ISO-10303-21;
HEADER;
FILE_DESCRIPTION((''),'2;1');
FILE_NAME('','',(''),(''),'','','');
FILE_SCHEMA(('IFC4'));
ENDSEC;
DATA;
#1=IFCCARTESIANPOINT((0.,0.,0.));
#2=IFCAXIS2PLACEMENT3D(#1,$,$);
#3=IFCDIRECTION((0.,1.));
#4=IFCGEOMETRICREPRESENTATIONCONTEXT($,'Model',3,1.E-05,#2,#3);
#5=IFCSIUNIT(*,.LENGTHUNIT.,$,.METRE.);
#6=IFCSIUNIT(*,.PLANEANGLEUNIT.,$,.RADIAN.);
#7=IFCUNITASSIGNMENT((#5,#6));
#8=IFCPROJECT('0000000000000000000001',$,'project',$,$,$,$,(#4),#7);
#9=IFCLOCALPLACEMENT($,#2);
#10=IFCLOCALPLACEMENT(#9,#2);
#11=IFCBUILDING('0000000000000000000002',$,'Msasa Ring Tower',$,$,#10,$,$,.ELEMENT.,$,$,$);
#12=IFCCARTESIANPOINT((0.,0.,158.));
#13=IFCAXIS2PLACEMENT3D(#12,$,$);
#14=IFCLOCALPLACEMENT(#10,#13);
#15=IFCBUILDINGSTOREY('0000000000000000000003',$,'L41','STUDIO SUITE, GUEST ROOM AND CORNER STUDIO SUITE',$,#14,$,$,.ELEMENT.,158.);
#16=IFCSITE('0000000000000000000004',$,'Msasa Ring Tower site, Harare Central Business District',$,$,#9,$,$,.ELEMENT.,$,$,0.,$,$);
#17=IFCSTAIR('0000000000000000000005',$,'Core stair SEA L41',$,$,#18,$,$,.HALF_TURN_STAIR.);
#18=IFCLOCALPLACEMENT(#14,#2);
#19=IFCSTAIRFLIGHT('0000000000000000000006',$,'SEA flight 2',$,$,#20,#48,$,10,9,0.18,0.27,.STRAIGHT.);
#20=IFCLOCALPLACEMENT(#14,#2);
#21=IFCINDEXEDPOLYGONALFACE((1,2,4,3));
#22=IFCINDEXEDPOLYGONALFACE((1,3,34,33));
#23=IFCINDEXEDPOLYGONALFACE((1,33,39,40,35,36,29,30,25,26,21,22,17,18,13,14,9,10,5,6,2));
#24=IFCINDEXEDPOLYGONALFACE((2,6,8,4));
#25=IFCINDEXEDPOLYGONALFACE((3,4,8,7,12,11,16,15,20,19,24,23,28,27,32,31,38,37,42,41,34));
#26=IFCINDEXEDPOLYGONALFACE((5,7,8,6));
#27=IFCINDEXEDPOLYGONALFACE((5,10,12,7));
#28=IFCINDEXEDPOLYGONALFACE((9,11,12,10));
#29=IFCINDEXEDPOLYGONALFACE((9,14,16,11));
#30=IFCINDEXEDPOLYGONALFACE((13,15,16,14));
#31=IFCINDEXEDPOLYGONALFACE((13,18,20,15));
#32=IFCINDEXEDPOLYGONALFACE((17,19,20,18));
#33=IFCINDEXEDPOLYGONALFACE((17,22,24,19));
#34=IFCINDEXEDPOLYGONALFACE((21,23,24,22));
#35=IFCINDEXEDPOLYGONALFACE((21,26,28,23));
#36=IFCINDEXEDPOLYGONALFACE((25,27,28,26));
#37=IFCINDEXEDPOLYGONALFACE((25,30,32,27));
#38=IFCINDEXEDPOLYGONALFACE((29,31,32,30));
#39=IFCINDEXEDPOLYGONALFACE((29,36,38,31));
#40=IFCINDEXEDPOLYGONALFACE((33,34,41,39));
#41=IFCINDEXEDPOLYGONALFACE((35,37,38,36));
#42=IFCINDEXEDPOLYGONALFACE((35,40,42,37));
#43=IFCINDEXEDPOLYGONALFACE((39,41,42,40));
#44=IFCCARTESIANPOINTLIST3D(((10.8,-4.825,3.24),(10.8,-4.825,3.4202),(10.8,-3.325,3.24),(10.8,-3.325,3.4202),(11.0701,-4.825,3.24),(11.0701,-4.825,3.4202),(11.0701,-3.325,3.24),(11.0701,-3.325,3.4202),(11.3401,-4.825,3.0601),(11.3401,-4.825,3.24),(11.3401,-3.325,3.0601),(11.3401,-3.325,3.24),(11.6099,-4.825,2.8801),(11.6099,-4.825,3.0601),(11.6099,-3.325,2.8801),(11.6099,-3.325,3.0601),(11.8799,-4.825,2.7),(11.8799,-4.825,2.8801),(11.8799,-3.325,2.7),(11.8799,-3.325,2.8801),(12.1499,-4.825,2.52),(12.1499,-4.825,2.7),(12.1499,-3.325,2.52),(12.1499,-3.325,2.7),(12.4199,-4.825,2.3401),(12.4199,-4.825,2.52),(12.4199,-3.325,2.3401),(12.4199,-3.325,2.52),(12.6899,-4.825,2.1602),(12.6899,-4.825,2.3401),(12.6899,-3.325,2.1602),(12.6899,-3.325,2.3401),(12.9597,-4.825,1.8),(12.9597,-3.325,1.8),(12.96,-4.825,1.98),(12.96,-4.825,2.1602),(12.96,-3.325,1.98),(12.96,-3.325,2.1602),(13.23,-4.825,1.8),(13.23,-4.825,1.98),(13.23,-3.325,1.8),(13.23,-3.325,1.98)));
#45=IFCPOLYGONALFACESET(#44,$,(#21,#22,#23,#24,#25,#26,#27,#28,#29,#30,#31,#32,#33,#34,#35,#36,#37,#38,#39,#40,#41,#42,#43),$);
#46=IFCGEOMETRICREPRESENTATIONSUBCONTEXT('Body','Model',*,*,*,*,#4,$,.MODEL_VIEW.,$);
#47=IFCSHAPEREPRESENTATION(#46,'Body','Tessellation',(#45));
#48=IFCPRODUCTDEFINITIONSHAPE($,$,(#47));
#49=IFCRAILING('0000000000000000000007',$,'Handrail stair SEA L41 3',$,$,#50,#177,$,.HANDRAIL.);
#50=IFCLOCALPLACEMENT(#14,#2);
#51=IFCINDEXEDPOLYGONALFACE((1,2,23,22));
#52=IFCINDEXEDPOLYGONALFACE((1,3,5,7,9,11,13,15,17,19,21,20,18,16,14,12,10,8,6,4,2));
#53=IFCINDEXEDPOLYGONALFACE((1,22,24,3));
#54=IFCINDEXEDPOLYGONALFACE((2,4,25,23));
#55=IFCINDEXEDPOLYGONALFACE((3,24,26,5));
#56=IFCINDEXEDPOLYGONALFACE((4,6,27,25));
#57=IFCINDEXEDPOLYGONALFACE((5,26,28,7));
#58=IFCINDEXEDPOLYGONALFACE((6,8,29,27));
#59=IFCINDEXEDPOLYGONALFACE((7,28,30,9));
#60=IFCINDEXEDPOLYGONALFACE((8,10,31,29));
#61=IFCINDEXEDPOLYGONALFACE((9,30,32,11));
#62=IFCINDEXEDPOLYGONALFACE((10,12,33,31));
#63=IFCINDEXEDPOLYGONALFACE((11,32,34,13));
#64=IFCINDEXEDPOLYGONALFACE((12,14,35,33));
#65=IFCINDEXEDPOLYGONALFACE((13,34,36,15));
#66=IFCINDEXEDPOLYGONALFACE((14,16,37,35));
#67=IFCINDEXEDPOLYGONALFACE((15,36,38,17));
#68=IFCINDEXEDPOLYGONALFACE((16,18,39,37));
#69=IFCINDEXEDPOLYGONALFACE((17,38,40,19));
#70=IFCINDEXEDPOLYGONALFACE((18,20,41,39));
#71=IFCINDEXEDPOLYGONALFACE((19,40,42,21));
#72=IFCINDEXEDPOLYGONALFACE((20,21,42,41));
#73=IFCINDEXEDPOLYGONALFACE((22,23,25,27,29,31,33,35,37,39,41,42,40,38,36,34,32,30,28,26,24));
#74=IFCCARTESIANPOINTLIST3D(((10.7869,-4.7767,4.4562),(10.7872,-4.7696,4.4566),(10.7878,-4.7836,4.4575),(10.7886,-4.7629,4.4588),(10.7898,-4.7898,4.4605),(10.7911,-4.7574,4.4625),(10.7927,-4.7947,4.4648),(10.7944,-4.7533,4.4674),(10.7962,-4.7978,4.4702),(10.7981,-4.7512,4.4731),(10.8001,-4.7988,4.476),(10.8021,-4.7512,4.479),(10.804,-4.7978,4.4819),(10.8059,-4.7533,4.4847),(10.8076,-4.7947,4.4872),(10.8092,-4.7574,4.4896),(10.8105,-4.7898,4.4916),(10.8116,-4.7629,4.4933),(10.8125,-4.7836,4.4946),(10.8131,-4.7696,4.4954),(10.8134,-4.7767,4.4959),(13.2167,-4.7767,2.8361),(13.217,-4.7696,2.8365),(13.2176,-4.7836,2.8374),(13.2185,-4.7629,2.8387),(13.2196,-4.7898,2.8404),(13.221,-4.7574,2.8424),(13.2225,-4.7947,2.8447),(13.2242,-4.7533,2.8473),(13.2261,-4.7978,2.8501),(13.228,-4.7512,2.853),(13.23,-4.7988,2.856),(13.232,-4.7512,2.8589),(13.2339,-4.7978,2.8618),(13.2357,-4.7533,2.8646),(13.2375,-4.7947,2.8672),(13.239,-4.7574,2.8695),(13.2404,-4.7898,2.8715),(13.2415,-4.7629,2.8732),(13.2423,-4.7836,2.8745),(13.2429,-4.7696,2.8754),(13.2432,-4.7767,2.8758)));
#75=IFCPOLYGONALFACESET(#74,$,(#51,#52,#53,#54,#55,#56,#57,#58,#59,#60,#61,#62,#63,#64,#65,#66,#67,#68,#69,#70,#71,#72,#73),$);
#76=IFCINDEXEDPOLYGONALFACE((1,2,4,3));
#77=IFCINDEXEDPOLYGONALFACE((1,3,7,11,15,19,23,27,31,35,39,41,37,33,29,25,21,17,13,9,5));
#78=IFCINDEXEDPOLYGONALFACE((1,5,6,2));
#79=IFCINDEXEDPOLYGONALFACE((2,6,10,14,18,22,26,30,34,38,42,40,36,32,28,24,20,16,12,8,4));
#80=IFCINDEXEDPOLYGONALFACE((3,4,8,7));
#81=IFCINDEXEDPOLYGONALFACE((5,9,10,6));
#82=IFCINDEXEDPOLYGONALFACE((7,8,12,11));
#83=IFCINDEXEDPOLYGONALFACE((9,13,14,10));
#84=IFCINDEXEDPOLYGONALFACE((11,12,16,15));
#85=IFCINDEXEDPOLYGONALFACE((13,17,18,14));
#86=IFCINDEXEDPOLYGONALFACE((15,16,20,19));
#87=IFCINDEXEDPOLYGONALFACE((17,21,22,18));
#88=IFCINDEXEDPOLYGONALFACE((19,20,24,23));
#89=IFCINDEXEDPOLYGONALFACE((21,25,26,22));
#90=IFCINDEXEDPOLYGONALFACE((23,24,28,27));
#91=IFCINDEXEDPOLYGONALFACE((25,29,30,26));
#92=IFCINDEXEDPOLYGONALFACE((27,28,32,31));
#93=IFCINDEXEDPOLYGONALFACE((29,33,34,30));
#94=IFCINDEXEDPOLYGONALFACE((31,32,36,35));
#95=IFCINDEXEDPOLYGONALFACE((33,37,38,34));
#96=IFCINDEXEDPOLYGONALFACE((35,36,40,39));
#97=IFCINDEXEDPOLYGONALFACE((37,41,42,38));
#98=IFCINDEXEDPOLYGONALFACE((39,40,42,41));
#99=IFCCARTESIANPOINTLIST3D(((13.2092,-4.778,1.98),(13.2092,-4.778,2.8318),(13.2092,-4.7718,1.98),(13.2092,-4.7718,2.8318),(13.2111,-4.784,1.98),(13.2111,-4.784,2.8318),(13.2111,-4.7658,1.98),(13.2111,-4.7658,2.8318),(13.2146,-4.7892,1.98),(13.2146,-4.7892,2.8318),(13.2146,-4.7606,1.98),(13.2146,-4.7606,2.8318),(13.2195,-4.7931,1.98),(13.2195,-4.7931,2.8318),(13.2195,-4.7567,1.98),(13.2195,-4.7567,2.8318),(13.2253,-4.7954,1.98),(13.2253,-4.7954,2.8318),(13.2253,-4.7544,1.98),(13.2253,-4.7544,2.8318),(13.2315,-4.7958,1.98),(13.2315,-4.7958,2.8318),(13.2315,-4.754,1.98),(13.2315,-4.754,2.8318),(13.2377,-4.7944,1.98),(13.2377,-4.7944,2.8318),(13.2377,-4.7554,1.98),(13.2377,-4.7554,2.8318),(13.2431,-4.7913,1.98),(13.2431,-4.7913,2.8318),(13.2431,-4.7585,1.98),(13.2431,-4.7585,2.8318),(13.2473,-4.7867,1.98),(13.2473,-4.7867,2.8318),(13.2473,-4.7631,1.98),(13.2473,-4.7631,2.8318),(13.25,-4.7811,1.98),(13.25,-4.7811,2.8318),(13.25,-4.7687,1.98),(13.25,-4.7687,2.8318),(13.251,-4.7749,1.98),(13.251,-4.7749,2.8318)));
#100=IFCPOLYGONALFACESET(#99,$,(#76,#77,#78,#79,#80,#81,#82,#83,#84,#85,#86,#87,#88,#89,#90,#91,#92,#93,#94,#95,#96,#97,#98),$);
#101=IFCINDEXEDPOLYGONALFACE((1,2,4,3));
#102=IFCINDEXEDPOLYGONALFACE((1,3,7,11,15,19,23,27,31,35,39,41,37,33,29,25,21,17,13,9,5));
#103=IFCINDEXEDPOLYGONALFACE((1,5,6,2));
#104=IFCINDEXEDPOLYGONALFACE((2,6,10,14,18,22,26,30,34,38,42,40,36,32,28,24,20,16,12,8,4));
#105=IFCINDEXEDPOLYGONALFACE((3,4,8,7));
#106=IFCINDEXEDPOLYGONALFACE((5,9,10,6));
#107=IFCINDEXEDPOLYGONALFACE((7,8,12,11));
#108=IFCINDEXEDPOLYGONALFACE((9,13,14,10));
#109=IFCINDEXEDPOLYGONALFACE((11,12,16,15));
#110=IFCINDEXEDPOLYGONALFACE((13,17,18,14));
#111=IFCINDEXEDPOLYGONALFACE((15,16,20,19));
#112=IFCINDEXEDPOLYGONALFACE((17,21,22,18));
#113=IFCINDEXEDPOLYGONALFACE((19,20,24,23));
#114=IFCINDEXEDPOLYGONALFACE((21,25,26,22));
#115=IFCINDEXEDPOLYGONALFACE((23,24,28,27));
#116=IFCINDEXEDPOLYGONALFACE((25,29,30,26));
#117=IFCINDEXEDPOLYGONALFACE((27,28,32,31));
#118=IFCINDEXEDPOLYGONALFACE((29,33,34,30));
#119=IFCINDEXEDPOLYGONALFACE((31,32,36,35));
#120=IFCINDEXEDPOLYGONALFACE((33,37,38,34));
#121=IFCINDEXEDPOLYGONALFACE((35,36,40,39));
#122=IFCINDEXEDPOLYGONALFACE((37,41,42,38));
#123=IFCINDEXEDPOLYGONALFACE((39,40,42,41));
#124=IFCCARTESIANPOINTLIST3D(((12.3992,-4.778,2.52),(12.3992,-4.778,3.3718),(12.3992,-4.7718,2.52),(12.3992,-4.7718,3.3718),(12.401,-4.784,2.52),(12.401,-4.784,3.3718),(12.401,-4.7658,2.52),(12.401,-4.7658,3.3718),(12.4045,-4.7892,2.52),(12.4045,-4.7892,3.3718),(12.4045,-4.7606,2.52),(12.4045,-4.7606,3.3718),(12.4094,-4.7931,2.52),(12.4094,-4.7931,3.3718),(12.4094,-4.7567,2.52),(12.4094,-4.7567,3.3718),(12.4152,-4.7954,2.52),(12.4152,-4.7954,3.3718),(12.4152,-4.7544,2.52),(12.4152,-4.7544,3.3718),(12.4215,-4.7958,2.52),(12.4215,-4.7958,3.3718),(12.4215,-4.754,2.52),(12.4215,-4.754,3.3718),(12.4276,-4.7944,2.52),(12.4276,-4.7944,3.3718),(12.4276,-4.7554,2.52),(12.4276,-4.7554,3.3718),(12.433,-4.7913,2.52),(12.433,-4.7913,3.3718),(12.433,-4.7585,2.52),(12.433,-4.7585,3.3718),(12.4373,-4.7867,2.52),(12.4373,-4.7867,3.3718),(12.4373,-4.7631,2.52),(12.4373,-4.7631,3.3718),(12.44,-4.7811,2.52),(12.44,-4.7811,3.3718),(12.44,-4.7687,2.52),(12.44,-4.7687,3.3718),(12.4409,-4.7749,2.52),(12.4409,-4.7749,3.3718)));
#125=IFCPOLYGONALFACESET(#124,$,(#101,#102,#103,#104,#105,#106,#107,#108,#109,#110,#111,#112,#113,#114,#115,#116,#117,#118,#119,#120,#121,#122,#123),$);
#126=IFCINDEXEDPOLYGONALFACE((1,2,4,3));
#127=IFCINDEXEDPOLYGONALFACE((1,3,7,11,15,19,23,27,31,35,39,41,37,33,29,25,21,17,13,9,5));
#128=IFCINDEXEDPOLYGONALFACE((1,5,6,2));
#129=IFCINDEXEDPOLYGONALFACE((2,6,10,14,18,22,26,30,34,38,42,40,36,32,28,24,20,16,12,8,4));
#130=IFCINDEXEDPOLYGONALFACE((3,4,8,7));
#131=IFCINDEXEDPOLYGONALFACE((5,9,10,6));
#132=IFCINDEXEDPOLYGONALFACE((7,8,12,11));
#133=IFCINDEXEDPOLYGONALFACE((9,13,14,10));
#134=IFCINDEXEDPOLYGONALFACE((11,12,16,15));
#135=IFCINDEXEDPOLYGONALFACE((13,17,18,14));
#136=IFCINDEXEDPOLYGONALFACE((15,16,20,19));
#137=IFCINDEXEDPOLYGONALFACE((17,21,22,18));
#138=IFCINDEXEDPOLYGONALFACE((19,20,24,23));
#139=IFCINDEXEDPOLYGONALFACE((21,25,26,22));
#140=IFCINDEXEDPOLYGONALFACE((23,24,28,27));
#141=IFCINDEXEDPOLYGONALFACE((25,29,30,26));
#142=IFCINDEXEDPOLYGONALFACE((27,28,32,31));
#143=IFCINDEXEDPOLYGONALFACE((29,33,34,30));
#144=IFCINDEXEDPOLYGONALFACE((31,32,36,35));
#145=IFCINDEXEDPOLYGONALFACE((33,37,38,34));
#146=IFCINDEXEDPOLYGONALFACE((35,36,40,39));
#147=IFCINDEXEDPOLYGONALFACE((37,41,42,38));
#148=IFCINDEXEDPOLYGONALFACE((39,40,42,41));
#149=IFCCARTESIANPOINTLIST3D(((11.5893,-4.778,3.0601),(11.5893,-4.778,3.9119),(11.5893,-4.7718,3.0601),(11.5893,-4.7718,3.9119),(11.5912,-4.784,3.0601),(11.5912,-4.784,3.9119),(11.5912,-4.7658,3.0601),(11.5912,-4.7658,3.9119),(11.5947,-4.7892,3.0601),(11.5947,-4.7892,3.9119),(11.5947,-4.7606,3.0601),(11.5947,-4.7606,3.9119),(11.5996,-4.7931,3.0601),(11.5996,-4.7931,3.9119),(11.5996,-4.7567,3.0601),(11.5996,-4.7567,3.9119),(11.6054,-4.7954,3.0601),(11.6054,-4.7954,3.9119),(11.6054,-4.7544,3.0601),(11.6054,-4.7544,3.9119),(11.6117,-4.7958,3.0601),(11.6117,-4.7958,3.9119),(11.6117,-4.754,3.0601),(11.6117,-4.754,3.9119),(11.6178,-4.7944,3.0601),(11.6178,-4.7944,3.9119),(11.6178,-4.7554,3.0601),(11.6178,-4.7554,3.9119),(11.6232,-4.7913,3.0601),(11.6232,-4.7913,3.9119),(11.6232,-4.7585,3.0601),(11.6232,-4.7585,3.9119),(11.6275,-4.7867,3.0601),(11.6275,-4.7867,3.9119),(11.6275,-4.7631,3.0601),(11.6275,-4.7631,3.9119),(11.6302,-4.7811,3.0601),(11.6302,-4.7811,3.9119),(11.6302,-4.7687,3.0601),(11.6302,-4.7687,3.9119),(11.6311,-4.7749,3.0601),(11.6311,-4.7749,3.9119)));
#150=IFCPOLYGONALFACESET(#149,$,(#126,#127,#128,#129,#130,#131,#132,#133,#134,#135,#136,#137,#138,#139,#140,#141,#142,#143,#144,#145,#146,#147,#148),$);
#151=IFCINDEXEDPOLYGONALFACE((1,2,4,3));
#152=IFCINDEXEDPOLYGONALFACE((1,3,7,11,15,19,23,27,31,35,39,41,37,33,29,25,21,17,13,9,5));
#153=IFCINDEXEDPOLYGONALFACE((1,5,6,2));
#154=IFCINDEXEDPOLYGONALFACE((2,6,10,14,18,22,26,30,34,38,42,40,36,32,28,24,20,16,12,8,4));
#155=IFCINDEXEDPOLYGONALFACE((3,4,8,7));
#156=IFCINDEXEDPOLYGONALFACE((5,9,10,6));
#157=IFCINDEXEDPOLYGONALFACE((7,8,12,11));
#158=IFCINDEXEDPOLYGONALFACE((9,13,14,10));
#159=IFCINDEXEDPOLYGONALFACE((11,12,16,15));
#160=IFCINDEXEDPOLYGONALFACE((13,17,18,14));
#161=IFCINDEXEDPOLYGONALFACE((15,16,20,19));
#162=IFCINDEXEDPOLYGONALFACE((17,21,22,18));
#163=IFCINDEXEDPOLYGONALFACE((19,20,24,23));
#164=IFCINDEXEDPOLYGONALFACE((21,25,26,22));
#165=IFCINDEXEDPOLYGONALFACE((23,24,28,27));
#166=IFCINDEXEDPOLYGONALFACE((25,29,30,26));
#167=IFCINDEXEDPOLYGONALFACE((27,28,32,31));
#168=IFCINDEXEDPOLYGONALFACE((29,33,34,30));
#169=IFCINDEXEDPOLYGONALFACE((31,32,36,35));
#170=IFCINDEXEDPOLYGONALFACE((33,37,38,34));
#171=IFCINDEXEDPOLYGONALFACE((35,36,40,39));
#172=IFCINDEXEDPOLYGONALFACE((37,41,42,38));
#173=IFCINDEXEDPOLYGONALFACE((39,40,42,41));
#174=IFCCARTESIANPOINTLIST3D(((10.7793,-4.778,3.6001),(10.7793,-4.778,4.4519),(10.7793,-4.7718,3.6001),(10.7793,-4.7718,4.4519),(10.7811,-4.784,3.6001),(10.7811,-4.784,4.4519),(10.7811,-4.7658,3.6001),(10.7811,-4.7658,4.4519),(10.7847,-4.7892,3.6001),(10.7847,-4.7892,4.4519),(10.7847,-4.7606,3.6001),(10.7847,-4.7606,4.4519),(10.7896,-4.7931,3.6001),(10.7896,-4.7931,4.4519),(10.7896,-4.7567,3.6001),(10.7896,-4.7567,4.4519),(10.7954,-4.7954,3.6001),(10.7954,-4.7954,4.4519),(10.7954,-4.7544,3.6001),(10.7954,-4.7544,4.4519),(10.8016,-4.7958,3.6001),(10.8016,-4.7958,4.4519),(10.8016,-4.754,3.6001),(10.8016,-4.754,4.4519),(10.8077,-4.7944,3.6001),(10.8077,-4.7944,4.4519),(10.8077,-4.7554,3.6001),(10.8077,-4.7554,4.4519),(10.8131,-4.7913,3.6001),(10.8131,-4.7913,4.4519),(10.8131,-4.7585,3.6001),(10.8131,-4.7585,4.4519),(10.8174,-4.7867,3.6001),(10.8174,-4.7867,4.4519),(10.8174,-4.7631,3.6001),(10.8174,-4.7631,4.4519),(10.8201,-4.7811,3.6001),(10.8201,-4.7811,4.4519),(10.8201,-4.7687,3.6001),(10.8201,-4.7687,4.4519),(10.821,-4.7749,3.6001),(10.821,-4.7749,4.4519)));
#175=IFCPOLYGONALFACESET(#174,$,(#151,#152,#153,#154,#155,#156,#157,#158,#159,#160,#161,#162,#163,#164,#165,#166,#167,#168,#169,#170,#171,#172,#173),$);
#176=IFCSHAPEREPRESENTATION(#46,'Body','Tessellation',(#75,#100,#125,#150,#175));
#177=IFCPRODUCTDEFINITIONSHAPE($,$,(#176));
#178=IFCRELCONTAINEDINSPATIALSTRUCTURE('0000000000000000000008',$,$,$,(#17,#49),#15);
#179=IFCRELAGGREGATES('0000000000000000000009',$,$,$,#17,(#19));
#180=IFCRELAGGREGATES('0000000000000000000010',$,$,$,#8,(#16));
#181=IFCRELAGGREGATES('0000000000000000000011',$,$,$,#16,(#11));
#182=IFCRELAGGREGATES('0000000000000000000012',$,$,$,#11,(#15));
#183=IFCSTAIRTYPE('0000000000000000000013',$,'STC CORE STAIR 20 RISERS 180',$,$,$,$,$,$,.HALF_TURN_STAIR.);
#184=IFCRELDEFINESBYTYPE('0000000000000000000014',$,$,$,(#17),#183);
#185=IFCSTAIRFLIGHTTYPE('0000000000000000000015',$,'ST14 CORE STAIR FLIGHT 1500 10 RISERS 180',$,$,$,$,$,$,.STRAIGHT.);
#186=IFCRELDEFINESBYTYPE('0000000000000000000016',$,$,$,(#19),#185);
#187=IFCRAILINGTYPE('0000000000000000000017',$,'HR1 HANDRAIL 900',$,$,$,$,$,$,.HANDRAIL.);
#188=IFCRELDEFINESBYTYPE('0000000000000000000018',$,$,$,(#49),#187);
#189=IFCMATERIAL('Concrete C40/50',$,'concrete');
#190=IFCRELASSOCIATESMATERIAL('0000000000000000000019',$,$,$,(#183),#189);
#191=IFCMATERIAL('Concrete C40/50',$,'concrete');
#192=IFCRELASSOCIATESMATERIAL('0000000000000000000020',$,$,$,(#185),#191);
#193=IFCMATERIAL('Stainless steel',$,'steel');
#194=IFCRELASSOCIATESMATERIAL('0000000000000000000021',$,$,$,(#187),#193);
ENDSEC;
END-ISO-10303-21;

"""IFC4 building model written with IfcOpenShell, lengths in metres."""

from ifc_helpers import new_model, si_unit, direction, frame, origin, origin_2d, place, context, subcontext, project, spatial, polyline, circle, outline, extrude, material, type_object, element, aggregate, save


model = new_model("IFC4")

# Units and contexts
model_context = context("Model", 3, precision=1e-05, world=origin(), true_north=direction((0.0, 1.0)))
body_context = subcontext(model_context, "Body", "Model", "MODEL_VIEW")
ifc_project = project(units=[si_unit("LENGTHUNIT", "METRE"), si_unit("PLANEANGLEUNIT", "RADIAN")], contexts=[model_context])

# Site, building, storey
site_placement = place(None, origin())
site = spatial("IfcSite", under=ifc_project, at=site_placement, Name="Msasa Ring Tower site, Harare Central Business District", CompositionType="ELEMENT", RefElevation=0.0)
building_placement = place(site_placement, origin())
building = spatial("IfcBuilding", under=site, at=building_placement, Name="Msasa Ring Tower", CompositionType="ELEMENT")
storey_placement = place(building_placement, frame((0.0, 0.0, 158.0)))
storey = spatial("IfcBuildingStorey", under=building, at=storey_placement, Name="L41", Description="STUDIO SUITE, GUEST ROOM AND CORNER STUDIO SUITE", CompositionType="ELEMENT", Elevation=158.0)

# Stair, stair flight
ifc_material_1 = material(Name="Concrete C40/50", Category="concrete")
stair_type = type_object("IfcStairType", Name="STC CORE STAIR 20 RISERS 180", PredefinedType="HALF_TURN_STAIR", material=ifc_material_1)
stair_placement = place(storey_placement, origin())
stair = element("IfcStair", 1, at=stair_placement, inside=storey, type_object=stair_type, Name="Core stair SEA L41", PredefinedType="HALF_TURN_STAIR")
ifc_material_2 = material(Name="Concrete C40/50", Category="concrete")
stair_flight_type = type_object("IfcStairFlightType", Name="ST14 CORE STAIR FLIGHT 1500 10 RISERS 180", PredefinedType="STRAIGHT", material=ifc_material_2)
stair_flight_placement = place(storey_placement, frame((13.23, -4.075, 1.8), z_axis=(0.0, 0.0, 1.0), x_axis=(-1.0, 0.0, 0.0)))
stair_flight = element("IfcStairFlight", 2, at=stair_flight_placement, type_object=stair_flight_type, Name="SEA flight 2", NumberOfRisers=10, NumberOfTreads=9, PredefinedType="STRAIGHT", RiserHeight=0.18, TreadLength=0.27, context=body_context, shape_type="SweptSolid", body=[
    extrude(outline(polyline([(0.0, 0.0), (0.0, 0.1799), (0.27, 0.1799), (0.27, 0.3601), (0.54, 0.3601), (0.54, 0.54), (0.8101, 0.54), (0.8101, 0.72), (1.0801, 0.72), (1.0801, 0.8999), (1.3501, 0.8999), (1.3501, 1.0801), (1.6201, 1.0801), (1.6201, 1.26), (1.8899, 1.26), (1.8899, 1.4399), (2.1599, 1.4399), (2.1599, 1.6201), (2.4299, 1.6201), (2.4299, 1.8), (2.4299, 1.4399), (0.2703, 0.0), (0.0, 0.0)])), frame((0.0, 0.75, 0.0), z_axis=(0.0, -1.0, 0.0), x_axis=(1.0, 0.0, 0.0)), (0.0, 0.0, 1.0), 1.5),
])
aggregate(stair, [stair_flight])

# Railing
ifc_material_3 = material(Name="Stainless steel", Category="steel")
railing_type = type_object("IfcRailingType", Name="HR1 HANDRAIL 900", PredefinedType="HANDRAIL", material=ifc_material_3)
for number, where, name in (
    (3, (13.23, -4.7749, 1.98), "Handrail stair SEA L41 3"),
):
    element("IfcRailing", number, at=place(storey_placement, frame(where)), inside=storey, type_object=railing_type, Name=name, PredefinedType="HANDRAIL", context=body_context, shape_type="SweptSolid", body=[
        extrude(circle(Radius=0.0239, at=origin_2d()), frame((0.0, 0.0, 0.876), z_axis=(-0.832025, 0.0, 0.554739), x_axis=(0.0, -1.0, 0.0)), (0.0, 0.0, 1.0), 2.9204),
        extrude(circle(Radius=0.021, at=origin_2d()), origin(), (0.0, 0.0, 1.0), 0.8518),
        extrude(circle(Radius=0.021, at=origin_2d()), frame((-0.8101, 0.0, 0.54)), (0.0, 0.0, 1.0), 0.8518),
        extrude(circle(Radius=0.021, at=origin_2d()), frame((-1.6199, 0.0, 1.0801)), (0.0, 0.0, 1.0), 0.8518),
        extrude(circle(Radius=0.021, at=origin_2d()), frame((-2.4299, 0.0, 1.6201)), (0.0, 0.0, 1.0), 0.8518),
    ])

save(model, "model.ifc")
